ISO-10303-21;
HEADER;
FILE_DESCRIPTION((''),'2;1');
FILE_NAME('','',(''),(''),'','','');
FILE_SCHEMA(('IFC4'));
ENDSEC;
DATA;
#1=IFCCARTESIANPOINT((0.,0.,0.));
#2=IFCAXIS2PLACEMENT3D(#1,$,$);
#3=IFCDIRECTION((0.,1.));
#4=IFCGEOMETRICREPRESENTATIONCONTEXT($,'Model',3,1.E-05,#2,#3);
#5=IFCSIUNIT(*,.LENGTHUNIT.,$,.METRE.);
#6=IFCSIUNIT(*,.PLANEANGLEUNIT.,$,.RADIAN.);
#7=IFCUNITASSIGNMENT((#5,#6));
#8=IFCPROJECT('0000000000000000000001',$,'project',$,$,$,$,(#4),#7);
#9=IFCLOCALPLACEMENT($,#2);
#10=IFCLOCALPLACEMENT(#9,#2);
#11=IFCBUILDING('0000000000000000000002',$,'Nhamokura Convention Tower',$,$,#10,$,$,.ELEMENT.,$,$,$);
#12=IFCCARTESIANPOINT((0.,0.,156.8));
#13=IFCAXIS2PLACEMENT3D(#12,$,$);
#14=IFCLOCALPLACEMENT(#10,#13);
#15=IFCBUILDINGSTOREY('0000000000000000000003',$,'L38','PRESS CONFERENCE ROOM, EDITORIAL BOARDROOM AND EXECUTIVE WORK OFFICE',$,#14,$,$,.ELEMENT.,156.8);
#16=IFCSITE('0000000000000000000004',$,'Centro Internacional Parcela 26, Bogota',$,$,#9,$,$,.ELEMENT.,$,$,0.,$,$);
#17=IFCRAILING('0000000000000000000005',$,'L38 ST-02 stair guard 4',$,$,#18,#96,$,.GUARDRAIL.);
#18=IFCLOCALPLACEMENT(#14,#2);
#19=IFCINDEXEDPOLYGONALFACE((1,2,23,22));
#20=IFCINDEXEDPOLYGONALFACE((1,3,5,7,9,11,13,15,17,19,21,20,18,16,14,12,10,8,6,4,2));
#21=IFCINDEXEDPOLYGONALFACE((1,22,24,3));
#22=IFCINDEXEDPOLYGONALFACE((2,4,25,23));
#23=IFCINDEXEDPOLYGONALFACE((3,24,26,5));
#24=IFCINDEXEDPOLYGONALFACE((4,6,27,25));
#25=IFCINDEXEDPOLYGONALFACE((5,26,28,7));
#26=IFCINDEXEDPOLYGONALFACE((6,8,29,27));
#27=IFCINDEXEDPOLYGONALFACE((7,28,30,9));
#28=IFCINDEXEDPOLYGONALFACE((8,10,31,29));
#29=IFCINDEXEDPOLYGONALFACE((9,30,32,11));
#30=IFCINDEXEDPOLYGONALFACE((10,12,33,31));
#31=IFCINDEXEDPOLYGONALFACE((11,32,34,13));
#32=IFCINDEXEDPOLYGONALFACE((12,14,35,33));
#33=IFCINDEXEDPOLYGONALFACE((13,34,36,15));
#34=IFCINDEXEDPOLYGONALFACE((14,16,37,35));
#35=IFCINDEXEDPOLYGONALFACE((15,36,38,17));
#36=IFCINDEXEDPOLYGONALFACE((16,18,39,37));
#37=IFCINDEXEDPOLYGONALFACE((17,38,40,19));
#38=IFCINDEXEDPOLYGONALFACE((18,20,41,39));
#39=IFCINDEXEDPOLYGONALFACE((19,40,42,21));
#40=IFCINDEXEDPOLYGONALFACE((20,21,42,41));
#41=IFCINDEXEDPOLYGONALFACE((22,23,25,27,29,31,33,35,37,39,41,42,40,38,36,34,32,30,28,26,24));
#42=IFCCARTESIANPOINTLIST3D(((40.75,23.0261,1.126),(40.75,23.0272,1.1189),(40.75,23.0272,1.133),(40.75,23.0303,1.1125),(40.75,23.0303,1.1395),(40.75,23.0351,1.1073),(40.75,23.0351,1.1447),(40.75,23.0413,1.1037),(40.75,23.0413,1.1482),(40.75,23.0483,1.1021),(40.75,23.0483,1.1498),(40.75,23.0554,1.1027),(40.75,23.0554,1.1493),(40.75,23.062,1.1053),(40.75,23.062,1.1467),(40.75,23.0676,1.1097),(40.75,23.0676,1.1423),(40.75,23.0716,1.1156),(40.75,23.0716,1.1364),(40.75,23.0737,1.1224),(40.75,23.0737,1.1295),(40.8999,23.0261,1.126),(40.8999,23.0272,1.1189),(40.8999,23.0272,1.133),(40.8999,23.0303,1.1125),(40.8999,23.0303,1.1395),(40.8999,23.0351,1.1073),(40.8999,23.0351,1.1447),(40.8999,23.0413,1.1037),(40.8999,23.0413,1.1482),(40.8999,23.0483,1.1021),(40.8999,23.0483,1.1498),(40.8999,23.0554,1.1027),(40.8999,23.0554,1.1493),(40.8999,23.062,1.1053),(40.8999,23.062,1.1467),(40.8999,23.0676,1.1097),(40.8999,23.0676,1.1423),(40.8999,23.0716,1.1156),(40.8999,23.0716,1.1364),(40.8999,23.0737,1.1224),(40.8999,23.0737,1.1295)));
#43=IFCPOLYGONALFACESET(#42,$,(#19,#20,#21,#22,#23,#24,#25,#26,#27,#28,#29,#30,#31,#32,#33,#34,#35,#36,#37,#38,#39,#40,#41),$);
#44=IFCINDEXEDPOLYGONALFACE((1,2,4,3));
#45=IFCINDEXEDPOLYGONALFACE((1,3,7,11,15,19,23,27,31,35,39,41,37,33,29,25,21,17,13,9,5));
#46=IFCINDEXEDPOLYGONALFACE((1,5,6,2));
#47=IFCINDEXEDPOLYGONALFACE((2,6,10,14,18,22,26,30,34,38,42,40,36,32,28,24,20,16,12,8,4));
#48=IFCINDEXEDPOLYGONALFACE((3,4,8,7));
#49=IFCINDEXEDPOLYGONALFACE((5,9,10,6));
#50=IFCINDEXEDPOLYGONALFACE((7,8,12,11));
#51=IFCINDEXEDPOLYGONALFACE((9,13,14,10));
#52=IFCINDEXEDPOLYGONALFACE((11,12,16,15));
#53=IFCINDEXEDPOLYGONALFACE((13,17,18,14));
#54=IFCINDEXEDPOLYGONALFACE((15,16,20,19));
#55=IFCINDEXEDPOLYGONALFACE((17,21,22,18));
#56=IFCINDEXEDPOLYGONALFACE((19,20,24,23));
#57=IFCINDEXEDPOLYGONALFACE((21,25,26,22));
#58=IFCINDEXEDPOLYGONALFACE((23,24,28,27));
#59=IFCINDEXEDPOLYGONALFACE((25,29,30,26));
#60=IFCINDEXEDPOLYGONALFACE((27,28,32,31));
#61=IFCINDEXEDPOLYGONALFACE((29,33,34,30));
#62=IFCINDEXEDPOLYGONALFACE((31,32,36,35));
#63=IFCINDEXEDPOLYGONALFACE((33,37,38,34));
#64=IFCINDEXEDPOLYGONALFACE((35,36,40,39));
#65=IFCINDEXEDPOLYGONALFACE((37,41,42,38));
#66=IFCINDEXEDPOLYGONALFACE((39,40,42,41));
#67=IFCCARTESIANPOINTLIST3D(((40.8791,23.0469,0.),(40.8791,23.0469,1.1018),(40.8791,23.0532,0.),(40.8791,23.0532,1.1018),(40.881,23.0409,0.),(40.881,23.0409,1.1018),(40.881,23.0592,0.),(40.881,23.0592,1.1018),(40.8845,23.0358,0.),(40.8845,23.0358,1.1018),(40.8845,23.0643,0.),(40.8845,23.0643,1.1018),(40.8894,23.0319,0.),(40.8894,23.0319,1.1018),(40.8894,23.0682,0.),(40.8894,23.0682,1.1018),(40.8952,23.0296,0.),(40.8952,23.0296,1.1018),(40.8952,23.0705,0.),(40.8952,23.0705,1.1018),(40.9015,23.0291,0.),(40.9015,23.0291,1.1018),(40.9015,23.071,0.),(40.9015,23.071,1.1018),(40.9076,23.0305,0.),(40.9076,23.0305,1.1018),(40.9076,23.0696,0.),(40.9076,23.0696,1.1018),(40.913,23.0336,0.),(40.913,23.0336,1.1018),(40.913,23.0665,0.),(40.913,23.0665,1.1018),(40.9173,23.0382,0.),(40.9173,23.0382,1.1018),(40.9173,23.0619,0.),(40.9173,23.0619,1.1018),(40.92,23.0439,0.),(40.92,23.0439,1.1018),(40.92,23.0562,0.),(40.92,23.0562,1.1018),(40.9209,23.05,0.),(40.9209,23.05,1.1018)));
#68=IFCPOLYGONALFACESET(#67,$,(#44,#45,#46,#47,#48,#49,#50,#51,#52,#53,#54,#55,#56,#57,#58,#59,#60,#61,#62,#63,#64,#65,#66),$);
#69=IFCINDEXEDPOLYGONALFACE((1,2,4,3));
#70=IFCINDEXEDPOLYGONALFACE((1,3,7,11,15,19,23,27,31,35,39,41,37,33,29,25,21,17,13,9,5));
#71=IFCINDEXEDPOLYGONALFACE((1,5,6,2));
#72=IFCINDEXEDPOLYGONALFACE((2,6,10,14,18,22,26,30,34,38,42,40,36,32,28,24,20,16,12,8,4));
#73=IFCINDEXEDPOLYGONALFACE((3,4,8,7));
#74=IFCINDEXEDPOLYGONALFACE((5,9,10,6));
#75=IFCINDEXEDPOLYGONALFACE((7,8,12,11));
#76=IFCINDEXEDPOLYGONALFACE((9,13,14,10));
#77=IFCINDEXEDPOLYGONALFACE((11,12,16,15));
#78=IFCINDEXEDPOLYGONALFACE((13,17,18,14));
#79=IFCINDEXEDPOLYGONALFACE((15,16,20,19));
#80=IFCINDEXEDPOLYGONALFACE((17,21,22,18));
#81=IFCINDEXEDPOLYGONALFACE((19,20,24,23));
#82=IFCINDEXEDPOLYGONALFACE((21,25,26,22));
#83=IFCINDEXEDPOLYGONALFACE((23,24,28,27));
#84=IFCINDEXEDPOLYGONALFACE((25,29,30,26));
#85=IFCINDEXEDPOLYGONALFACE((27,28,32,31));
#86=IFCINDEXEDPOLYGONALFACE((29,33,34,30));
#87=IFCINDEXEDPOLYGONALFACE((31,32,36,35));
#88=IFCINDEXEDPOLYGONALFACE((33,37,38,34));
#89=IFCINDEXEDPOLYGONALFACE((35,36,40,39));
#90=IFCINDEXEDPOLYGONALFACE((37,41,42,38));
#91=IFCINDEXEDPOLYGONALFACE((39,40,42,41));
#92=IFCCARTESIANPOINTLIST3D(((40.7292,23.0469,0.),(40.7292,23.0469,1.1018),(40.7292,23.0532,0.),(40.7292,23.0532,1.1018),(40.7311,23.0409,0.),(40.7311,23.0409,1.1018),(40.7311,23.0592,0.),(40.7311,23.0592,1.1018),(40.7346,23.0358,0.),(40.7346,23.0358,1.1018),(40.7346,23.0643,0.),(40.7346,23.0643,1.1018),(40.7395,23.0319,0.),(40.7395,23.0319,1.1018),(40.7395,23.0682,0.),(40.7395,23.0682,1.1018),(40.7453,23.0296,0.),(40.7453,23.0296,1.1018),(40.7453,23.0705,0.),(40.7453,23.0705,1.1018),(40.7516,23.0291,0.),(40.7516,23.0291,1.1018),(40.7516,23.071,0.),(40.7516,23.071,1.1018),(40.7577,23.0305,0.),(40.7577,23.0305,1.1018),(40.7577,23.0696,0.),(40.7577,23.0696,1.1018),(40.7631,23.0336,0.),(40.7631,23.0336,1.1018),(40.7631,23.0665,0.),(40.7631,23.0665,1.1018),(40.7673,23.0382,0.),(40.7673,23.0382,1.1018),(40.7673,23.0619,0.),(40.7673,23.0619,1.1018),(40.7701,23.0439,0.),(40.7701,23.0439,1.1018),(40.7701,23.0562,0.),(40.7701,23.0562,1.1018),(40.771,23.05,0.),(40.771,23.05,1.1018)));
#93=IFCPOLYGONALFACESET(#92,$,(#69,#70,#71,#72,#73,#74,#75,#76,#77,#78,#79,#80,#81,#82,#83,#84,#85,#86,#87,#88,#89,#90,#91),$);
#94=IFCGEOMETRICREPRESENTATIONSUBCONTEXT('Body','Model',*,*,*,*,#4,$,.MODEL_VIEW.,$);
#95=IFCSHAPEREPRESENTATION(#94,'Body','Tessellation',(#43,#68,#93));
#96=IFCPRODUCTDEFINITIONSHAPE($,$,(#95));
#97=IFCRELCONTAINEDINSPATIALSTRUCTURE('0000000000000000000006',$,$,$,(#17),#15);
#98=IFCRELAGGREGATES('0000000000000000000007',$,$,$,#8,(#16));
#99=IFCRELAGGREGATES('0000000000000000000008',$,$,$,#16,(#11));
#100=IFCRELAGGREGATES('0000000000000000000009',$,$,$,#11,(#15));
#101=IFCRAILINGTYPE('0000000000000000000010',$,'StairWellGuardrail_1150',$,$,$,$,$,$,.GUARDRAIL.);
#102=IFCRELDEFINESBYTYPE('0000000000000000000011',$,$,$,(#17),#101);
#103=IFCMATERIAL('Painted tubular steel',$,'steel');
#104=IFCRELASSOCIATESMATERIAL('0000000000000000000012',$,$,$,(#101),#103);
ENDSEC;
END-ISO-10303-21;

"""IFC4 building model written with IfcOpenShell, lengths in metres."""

from ifc_helpers import new_model, si_unit, direction, frame, origin, origin_2d, place, context, subcontext, project, spatial, circle, extrude, material, type_object, element, save


model = new_model("IFC4")

# Units and contexts
model_context = context("Model", 3, precision=1e-05, world=origin(), true_north=direction((0.0, 1.0)))
body_context = subcontext(model_context, "Body", "Model", "MODEL_VIEW")
ifc_project = project(units=[si_unit("LENGTHUNIT", "METRE"), si_unit("PLANEANGLEUNIT", "RADIAN")], contexts=[model_context])

# Site, building, storey
site_placement = place(None, origin())
site = spatial("IfcSite", under=ifc_project, at=site_placement, Name="Centro Internacional Parcela 26, Bogota", CompositionType="ELEMENT", RefElevation=0.0)
building_placement = place(site_placement, origin())
building = spatial("IfcBuilding", under=site, at=building_placement, Name="Nhamokura Convention Tower", CompositionType="ELEMENT")
storey_placement = place(building_placement, frame((0.0, 0.0, 156.8)))
storey = spatial("IfcBuildingStorey", under=building, at=storey_placement, Name="L38", Description="PRESS CONFERENCE ROOM, EDITORIAL BOARDROOM AND EXECUTIVE WORK OFFICE", CompositionType="ELEMENT", Elevation=156.8)

# Railing
ifc_material_1 = material(Name="Painted tubular steel", Category="steel")
railing_type_1 = type_object("IfcRailingType", Name="StairWellGuardrail_1150", PredefinedType="GUARDRAIL", material=ifc_material_1)
railing_1_placement = place(storey_placement, frame((40.8999, 23.05, 0.0)))
element("IfcRailing", 1, at=railing_1_placement, inside=storey, type_object=railing_type_1, Name="L38 ST-02 stair guard 4", PredefinedType="GUARDRAIL", context=body_context, shape_type="SweptSolid", body=[
    extrude(circle(Radius=0.0239, at=origin_2d()), frame((0.0, 0.0, 1.126), z_axis=(-1.0, 0.0, 0.0), x_axis=(0.0, -1.0, 0.0)), (0.0, 0.0, 1.0), 0.1499),
    extrude(circle(Radius=0.021, at=origin_2d()), origin(), (0.0, 0.0, 1.0), 1.1018),
    extrude(circle(Radius=0.021, at=origin_2d()), frame((-0.1499, 0.0, 0.0)), (0.0, 0.0, 1.0), 1.1018),
])

save(model, "model.ifc")
